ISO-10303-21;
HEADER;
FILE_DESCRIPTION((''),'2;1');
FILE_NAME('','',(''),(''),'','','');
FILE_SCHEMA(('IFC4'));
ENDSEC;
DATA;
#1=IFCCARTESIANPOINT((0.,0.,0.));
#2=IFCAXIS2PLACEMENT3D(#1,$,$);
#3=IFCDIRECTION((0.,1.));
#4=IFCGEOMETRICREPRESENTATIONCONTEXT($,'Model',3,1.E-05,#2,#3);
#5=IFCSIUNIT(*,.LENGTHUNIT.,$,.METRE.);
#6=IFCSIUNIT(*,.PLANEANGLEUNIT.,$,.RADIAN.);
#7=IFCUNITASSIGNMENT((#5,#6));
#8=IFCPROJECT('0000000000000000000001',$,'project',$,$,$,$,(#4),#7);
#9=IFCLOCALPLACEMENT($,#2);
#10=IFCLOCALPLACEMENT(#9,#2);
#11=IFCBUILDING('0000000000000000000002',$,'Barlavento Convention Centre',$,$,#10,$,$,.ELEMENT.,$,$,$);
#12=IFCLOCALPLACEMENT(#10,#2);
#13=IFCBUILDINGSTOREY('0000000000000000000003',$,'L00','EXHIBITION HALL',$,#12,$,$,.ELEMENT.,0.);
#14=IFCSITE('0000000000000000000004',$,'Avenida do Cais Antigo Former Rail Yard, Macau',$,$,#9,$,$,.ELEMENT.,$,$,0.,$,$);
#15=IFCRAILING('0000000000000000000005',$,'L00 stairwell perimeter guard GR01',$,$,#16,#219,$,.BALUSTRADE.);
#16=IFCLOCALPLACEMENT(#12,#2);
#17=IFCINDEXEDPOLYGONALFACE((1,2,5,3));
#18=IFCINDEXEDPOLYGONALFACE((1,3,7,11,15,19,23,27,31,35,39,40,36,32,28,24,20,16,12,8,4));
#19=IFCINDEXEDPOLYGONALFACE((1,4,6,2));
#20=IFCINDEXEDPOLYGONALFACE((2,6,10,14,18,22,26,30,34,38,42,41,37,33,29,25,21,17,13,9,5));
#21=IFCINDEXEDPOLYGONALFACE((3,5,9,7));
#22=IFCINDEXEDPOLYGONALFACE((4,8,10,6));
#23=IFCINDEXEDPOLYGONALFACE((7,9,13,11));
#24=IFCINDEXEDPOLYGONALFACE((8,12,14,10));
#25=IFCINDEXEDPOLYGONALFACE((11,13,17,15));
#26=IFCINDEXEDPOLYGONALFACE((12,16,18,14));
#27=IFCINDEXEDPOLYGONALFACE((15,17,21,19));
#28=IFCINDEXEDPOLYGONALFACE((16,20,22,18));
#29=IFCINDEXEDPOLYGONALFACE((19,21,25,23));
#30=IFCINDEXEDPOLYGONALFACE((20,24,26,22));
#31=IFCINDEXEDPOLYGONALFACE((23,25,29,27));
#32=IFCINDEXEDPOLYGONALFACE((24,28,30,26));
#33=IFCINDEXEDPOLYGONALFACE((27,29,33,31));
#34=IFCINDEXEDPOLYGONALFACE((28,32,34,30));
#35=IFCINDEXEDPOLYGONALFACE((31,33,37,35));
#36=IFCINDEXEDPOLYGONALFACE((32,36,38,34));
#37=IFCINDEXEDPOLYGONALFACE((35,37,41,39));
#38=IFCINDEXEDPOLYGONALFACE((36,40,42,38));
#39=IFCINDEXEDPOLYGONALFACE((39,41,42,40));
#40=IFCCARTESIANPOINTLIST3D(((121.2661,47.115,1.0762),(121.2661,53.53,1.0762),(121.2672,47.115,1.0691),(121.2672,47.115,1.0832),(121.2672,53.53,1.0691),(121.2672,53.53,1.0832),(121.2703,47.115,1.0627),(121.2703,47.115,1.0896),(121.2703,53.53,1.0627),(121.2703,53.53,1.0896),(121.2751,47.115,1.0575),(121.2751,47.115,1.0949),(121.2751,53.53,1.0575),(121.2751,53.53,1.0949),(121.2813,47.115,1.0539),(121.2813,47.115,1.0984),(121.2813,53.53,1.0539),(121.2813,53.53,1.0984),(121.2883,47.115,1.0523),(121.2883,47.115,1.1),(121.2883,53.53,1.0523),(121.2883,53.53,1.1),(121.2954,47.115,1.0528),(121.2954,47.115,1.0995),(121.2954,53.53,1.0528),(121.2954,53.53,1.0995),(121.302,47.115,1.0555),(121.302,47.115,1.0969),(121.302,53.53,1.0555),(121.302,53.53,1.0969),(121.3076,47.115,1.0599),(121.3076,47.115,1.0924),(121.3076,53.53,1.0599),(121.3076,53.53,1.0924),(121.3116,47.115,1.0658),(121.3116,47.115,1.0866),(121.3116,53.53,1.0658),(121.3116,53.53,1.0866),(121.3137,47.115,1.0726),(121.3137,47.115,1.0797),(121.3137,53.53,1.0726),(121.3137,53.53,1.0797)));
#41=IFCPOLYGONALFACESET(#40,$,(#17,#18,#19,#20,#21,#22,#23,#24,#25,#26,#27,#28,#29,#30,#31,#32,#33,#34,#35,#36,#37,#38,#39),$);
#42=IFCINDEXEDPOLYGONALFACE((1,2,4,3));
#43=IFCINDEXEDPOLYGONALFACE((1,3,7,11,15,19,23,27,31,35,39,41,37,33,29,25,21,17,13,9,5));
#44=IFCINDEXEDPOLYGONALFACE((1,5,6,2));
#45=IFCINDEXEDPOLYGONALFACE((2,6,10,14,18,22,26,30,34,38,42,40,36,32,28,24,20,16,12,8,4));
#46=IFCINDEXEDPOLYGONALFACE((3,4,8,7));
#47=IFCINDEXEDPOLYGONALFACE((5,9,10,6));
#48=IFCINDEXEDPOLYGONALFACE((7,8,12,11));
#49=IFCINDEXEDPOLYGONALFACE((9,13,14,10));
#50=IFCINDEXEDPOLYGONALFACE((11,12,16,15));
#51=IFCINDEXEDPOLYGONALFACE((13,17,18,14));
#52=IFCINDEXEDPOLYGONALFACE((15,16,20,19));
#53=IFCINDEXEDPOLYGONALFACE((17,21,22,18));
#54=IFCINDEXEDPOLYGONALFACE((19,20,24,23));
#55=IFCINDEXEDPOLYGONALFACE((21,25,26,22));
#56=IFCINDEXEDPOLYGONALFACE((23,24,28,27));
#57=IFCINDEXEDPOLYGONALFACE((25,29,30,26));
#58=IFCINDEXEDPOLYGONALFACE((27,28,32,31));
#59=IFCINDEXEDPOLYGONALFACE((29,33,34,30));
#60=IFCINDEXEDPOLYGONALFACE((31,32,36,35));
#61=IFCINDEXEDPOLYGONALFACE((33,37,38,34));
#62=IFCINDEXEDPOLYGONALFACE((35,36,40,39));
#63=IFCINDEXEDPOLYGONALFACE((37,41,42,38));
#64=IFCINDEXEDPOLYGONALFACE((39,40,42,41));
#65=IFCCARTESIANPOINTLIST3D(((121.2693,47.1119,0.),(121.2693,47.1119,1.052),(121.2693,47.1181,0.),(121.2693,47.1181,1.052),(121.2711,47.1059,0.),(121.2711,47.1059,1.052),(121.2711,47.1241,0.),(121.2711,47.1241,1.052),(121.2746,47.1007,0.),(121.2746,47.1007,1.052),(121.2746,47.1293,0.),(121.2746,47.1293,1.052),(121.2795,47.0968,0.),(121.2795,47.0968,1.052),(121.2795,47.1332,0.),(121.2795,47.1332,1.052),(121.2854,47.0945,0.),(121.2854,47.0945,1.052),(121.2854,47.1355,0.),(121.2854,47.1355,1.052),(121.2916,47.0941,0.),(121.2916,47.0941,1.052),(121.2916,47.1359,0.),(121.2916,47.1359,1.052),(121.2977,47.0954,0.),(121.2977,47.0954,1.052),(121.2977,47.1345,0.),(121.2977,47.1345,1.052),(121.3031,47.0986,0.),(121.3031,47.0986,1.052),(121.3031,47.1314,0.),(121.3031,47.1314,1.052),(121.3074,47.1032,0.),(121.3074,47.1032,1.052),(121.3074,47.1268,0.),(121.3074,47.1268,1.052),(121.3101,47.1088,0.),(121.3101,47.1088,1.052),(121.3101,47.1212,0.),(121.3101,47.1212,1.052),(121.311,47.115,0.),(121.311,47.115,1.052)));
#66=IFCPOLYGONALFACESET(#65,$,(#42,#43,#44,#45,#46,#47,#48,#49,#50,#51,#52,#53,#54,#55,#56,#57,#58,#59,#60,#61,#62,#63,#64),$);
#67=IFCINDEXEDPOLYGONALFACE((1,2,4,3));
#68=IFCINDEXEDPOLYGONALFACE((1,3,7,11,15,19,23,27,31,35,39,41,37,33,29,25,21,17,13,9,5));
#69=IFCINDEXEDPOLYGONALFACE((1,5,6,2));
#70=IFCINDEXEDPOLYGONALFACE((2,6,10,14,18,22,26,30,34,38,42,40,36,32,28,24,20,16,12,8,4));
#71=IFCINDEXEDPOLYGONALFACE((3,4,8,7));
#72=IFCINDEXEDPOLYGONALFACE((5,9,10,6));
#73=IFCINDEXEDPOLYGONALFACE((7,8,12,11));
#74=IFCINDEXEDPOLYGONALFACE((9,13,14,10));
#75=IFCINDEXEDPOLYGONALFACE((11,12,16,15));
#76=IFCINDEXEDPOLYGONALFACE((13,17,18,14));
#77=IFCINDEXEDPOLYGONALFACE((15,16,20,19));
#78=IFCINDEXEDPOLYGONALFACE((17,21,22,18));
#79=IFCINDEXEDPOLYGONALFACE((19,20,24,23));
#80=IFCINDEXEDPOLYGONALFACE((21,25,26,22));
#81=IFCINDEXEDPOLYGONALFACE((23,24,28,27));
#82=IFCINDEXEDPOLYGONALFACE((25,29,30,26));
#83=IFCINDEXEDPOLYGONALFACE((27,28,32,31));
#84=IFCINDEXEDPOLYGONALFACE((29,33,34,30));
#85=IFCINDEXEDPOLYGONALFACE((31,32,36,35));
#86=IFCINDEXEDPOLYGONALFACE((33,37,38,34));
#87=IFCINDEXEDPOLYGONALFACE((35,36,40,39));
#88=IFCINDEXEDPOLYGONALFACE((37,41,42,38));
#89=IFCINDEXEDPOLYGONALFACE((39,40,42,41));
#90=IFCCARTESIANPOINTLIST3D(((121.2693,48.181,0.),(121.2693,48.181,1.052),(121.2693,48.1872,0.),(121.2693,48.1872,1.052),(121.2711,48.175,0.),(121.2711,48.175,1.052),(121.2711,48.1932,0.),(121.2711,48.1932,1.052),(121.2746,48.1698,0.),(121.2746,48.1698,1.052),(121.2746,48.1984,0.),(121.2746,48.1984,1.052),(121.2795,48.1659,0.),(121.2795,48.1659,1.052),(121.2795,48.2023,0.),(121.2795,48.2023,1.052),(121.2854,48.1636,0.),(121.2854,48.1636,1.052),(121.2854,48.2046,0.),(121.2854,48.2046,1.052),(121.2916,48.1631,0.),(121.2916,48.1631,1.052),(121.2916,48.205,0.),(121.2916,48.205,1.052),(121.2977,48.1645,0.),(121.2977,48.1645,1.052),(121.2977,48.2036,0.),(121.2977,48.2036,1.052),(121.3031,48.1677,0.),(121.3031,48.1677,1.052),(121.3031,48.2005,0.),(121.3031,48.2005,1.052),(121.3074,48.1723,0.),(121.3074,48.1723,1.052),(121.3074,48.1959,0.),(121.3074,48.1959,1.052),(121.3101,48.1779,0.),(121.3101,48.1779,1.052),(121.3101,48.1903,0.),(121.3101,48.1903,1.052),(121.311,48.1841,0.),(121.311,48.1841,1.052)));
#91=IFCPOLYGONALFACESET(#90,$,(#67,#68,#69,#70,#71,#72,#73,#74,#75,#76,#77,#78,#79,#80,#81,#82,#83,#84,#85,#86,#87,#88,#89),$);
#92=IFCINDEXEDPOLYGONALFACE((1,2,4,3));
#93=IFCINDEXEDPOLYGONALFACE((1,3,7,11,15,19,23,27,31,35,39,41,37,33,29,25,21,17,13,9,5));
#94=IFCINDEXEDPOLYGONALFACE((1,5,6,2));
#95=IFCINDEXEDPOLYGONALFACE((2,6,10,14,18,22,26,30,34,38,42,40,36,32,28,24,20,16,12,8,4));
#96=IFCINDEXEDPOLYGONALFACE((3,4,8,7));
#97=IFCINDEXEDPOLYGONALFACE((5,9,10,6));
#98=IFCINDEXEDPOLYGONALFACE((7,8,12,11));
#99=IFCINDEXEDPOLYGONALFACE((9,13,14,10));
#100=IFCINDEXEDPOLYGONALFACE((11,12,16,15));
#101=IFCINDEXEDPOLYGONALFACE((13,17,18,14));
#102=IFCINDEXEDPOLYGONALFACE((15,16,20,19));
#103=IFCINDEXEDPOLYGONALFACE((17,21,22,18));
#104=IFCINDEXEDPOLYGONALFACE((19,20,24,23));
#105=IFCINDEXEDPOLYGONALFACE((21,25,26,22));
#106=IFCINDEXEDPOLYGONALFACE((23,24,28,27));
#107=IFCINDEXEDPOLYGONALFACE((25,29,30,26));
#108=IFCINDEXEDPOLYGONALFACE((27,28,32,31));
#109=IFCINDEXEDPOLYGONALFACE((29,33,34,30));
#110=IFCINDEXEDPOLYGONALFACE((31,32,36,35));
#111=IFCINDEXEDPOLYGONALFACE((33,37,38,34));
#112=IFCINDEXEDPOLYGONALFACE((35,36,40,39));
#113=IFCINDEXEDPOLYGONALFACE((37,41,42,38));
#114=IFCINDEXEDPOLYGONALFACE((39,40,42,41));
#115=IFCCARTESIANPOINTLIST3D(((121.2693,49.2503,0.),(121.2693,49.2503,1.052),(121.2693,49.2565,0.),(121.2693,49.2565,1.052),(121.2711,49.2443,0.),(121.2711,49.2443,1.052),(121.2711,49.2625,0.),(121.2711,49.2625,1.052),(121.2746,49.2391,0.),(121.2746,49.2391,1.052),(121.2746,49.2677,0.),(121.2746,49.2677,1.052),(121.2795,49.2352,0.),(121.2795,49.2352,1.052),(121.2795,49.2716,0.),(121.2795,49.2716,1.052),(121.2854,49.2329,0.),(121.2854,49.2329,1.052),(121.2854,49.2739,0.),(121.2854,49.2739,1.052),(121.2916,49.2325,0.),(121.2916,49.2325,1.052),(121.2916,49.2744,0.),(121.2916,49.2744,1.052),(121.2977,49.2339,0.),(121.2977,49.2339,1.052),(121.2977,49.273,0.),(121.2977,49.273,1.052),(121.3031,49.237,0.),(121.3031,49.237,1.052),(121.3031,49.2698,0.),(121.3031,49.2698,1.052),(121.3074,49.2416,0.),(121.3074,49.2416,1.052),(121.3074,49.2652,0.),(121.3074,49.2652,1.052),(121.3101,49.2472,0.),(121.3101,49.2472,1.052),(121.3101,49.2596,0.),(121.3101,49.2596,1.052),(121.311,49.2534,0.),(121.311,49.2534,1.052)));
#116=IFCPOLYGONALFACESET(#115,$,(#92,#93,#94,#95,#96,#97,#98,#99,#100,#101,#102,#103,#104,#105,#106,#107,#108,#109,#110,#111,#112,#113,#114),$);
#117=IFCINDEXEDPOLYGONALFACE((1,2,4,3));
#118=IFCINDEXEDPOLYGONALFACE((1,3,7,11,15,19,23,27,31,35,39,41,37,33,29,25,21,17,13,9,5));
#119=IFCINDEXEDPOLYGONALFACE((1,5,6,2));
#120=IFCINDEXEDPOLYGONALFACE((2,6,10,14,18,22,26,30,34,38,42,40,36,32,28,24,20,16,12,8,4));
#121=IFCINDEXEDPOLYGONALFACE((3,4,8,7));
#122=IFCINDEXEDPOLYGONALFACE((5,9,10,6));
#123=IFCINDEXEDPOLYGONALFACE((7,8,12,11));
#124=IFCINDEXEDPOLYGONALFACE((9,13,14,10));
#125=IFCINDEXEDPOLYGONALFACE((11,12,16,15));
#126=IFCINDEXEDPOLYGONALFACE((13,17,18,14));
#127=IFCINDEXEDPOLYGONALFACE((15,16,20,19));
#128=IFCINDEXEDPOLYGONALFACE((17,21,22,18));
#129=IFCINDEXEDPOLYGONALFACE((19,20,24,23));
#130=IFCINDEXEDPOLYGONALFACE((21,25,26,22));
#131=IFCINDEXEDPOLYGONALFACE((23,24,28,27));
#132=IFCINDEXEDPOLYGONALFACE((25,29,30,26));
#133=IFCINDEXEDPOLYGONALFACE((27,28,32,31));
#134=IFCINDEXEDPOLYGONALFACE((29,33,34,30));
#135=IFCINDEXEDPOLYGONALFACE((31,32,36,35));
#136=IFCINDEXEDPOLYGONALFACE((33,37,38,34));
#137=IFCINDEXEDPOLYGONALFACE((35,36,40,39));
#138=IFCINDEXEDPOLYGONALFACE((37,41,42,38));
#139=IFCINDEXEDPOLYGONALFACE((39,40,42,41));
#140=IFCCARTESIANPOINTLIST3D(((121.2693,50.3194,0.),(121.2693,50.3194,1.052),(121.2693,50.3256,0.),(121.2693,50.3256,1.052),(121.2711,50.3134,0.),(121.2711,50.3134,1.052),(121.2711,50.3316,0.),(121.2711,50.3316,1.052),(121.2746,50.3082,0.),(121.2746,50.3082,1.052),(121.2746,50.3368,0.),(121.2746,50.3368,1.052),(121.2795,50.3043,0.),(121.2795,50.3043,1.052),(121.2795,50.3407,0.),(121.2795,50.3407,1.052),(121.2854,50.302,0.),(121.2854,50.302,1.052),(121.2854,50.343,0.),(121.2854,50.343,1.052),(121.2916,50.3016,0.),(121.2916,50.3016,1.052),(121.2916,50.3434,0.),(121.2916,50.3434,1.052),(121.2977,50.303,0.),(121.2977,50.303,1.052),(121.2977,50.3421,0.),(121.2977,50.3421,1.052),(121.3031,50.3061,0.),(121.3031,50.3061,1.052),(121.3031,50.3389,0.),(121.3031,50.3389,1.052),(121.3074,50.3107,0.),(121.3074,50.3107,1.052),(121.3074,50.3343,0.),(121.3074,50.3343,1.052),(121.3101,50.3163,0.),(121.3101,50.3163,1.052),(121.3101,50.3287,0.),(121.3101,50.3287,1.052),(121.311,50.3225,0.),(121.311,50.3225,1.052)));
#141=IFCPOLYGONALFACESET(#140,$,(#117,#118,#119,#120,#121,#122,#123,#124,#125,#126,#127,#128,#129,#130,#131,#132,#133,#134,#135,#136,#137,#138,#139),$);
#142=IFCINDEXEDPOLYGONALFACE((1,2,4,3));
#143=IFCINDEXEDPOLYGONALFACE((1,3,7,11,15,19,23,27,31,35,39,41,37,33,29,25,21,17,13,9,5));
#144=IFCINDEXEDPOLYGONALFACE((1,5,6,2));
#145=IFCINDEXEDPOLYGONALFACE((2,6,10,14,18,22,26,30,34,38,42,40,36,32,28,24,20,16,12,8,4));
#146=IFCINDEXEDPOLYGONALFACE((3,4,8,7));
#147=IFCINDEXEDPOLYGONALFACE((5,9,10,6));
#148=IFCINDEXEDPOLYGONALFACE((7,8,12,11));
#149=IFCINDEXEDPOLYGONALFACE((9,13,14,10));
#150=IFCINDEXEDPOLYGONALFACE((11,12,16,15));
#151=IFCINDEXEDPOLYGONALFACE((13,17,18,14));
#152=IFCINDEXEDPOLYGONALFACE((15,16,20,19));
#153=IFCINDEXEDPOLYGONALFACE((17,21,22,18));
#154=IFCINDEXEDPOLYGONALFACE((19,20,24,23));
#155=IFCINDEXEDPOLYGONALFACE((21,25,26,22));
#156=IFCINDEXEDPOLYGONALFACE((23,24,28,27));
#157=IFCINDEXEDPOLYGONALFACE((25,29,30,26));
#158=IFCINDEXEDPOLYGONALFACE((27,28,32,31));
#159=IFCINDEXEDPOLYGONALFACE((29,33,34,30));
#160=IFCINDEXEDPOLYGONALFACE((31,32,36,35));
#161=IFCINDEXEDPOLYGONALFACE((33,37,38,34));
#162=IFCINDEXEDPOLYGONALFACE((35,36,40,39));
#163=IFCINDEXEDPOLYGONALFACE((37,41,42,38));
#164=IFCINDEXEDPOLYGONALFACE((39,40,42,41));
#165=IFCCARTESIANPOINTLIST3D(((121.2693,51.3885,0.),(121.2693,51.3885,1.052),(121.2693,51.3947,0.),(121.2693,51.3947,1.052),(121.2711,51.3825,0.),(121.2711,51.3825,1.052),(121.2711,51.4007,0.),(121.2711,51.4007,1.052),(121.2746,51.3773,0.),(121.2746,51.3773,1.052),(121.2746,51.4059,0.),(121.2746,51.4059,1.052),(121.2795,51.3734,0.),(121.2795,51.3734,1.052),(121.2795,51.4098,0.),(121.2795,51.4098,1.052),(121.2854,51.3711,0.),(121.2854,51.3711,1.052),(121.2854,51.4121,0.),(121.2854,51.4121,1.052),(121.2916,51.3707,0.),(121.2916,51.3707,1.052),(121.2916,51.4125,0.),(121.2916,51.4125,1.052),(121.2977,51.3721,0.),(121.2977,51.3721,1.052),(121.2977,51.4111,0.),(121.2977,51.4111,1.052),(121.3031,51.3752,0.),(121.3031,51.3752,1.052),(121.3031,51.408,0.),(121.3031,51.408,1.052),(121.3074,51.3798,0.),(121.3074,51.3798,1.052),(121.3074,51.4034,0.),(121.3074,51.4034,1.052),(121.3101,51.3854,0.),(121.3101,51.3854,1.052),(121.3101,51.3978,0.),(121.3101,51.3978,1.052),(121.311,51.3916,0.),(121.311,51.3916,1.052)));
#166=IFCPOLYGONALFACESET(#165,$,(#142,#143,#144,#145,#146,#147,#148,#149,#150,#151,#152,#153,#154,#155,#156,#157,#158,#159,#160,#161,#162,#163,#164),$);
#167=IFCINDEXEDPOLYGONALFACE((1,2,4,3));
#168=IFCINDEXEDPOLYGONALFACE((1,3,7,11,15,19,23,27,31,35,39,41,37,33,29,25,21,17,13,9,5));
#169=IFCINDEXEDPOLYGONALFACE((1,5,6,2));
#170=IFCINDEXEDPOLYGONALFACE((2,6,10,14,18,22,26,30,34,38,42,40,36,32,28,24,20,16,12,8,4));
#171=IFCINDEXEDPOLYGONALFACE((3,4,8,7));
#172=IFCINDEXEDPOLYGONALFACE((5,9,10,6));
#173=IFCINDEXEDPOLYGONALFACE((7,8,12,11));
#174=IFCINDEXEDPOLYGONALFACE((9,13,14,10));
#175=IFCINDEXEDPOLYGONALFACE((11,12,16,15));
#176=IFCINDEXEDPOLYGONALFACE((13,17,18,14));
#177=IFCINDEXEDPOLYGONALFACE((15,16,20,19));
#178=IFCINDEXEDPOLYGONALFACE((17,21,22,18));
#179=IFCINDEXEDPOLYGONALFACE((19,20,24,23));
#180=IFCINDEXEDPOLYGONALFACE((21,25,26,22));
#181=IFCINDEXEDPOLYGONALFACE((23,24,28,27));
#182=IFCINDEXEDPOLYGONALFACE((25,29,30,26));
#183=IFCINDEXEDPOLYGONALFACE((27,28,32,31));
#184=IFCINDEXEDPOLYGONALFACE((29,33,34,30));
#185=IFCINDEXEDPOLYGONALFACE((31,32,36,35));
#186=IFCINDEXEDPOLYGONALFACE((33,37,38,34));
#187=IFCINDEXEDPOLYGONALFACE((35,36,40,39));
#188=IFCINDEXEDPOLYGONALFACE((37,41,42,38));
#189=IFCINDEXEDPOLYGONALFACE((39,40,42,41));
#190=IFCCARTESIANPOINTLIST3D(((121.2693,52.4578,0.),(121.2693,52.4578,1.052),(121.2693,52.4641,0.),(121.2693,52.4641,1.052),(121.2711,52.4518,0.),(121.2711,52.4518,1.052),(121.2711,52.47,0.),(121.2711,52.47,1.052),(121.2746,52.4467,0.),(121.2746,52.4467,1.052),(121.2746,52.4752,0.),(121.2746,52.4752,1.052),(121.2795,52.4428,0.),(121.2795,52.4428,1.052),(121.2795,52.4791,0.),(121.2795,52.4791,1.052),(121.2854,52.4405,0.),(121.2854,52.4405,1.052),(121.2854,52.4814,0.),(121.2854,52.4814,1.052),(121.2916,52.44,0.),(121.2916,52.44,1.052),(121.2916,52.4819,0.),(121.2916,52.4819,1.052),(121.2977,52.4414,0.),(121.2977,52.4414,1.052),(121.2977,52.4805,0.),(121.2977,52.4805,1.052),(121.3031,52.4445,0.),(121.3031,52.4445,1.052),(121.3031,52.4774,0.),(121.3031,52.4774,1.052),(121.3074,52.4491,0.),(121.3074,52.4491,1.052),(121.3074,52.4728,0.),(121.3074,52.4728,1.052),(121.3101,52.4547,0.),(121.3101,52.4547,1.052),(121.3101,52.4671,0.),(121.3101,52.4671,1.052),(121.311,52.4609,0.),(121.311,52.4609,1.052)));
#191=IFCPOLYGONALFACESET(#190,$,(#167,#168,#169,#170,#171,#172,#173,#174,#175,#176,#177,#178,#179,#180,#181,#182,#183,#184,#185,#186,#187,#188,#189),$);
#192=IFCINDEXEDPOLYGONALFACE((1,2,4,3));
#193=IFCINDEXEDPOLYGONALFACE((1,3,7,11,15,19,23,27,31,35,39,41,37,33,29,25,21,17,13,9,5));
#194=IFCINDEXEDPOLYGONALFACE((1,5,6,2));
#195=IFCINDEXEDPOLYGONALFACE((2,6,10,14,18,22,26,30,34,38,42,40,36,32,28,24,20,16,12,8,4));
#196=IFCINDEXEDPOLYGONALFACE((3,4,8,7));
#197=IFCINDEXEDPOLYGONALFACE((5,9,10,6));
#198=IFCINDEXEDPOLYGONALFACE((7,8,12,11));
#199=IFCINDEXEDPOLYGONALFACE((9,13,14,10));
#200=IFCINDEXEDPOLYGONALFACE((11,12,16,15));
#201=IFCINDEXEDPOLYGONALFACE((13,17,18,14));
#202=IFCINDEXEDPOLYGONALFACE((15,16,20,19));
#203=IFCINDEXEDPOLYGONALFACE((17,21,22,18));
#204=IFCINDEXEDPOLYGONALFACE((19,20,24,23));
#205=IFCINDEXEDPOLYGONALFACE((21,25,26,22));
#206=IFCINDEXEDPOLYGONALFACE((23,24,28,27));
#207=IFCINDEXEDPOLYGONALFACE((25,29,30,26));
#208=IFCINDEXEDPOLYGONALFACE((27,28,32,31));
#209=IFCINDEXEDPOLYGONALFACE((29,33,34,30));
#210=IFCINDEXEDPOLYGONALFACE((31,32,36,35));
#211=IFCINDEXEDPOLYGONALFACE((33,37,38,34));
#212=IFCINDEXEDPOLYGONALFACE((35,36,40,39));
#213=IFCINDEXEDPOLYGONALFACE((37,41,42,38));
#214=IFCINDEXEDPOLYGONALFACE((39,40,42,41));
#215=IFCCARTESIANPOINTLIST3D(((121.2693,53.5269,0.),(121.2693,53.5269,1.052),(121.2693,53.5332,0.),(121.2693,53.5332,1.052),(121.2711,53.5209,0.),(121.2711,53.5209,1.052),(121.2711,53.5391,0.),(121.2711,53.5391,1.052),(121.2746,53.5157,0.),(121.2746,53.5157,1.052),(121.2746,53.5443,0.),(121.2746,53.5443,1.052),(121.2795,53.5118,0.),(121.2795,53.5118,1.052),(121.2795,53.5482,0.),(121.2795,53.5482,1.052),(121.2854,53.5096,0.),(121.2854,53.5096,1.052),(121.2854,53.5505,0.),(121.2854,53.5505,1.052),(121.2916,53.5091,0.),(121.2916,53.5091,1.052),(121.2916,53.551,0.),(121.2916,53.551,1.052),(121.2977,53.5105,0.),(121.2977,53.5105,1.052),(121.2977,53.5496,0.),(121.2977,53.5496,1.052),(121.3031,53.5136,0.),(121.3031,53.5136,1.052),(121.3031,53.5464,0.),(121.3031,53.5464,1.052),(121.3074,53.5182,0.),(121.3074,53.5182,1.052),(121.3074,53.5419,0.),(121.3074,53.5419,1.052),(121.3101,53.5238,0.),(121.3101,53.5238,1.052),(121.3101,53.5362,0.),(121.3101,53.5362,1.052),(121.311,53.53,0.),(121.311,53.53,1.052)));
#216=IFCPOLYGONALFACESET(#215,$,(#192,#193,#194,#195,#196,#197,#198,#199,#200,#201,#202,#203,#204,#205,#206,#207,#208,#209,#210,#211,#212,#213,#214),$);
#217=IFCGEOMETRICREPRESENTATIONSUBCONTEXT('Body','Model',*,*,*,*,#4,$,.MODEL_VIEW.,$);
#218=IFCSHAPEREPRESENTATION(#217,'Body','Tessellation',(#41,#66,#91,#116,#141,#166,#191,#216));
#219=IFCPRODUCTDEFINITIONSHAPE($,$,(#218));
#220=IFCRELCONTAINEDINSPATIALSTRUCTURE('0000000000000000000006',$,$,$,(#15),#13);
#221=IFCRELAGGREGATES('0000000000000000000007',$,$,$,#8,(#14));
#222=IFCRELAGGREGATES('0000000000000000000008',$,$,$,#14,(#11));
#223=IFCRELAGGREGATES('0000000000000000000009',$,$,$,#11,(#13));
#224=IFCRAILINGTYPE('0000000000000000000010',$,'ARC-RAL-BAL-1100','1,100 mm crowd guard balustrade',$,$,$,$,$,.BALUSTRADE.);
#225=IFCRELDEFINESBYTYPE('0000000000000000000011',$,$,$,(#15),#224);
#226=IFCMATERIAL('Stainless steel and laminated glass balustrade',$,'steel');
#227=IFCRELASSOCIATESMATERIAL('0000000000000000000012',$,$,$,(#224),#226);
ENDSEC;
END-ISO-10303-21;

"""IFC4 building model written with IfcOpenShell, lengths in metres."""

from ifc_helpers import new_model, si_unit, direction, frame, origin, origin_2d, place, context, subcontext, project, spatial, circle, extrude, material, type_object, element, save


model = new_model("IFC4")

# Units and contexts
model_context = context("Model", 3, precision=1e-05, world=origin(), true_north=direction((0.0, 1.0)))
body_context = subcontext(model_context, "Body", "Model", "MODEL_VIEW")
ifc_project = project(units=[si_unit("LENGTHUNIT", "METRE"), si_unit("PLANEANGLEUNIT", "RADIAN")], contexts=[model_context])

# Site, building, storey
site_placement = place(None, origin())
site = spatial("IfcSite", under=ifc_project, at=site_placement, Name="Avenida do Cais Antigo Former Rail Yard, Macau", CompositionType="ELEMENT", RefElevation=0.0)
building_placement = place(site_placement, origin())
building = spatial("IfcBuilding", under=site, at=building_placement, Name="Barlavento Convention Centre", CompositionType="ELEMENT")
storey_placement = place(building_placement, origin())
storey = spatial("IfcBuildingStorey", under=building, at=storey_placement, Name="L00", Description="EXHIBITION HALL", CompositionType="ELEMENT", Elevation=0.0)

# Railing
ifc_material_1 = material(Name="Stainless steel and laminated glass balustrade", Category="steel")
railing_type_1 = type_object("IfcRailingType", Name="ARC-RAL-BAL-1100", Description="1,100 mm crowd guard balustrade", PredefinedType="BALUSTRADE", material=ifc_material_1)
railing_1_placement = place(storey_placement, frame((121.29, 47.115, 0.0)))
element("IfcRailing", 1, at=railing_1_placement, inside=storey, type_object=railing_type_1, Name="L00 stairwell perimeter guard GR01", PredefinedType="BALUSTRADE", context=body_context, shape_type="SweptSolid", body=[
    extrude(circle(Radius=0.0239, at=origin_2d()), frame((0.0, 0.0, 1.0762), z_axis=(0.0, 1.0, 0.0), x_axis=(-1.0, 0.0, 0.0)), (0.0, 0.0, 1.0), 6.415),
    extrude(circle(Radius=0.021, at=origin_2d()), origin(), (0.0, 0.0, 1.0), 1.052),
    extrude(circle(Radius=0.021, at=origin_2d()), frame((0.0, 1.0691, 0.0)), (0.0, 0.0, 1.0), 1.052),
    extrude(circle(Radius=0.021, at=origin_2d()), frame((0.0, 2.1384, 0.0)), (0.0, 0.0, 1.0), 1.052),
    extrude(circle(Radius=0.021, at=origin_2d()), frame((0.0, 3.2075, 0.0)), (0.0, 0.0, 1.0), 1.052),
    extrude(circle(Radius=0.021, at=origin_2d()), frame((0.0, 4.2766, 0.0)), (0.0, 0.0, 1.0), 1.052),
    extrude(circle(Radius=0.021, at=origin_2d()), frame((0.0, 5.3459, 0.0)), (0.0, 0.0, 1.0), 1.052),
    extrude(circle(Radius=0.021, at=origin_2d()), frame((0.0, 6.415, 0.0)), (0.0, 0.0, 1.0), 1.052),
])

save(model, "model.ifc")
